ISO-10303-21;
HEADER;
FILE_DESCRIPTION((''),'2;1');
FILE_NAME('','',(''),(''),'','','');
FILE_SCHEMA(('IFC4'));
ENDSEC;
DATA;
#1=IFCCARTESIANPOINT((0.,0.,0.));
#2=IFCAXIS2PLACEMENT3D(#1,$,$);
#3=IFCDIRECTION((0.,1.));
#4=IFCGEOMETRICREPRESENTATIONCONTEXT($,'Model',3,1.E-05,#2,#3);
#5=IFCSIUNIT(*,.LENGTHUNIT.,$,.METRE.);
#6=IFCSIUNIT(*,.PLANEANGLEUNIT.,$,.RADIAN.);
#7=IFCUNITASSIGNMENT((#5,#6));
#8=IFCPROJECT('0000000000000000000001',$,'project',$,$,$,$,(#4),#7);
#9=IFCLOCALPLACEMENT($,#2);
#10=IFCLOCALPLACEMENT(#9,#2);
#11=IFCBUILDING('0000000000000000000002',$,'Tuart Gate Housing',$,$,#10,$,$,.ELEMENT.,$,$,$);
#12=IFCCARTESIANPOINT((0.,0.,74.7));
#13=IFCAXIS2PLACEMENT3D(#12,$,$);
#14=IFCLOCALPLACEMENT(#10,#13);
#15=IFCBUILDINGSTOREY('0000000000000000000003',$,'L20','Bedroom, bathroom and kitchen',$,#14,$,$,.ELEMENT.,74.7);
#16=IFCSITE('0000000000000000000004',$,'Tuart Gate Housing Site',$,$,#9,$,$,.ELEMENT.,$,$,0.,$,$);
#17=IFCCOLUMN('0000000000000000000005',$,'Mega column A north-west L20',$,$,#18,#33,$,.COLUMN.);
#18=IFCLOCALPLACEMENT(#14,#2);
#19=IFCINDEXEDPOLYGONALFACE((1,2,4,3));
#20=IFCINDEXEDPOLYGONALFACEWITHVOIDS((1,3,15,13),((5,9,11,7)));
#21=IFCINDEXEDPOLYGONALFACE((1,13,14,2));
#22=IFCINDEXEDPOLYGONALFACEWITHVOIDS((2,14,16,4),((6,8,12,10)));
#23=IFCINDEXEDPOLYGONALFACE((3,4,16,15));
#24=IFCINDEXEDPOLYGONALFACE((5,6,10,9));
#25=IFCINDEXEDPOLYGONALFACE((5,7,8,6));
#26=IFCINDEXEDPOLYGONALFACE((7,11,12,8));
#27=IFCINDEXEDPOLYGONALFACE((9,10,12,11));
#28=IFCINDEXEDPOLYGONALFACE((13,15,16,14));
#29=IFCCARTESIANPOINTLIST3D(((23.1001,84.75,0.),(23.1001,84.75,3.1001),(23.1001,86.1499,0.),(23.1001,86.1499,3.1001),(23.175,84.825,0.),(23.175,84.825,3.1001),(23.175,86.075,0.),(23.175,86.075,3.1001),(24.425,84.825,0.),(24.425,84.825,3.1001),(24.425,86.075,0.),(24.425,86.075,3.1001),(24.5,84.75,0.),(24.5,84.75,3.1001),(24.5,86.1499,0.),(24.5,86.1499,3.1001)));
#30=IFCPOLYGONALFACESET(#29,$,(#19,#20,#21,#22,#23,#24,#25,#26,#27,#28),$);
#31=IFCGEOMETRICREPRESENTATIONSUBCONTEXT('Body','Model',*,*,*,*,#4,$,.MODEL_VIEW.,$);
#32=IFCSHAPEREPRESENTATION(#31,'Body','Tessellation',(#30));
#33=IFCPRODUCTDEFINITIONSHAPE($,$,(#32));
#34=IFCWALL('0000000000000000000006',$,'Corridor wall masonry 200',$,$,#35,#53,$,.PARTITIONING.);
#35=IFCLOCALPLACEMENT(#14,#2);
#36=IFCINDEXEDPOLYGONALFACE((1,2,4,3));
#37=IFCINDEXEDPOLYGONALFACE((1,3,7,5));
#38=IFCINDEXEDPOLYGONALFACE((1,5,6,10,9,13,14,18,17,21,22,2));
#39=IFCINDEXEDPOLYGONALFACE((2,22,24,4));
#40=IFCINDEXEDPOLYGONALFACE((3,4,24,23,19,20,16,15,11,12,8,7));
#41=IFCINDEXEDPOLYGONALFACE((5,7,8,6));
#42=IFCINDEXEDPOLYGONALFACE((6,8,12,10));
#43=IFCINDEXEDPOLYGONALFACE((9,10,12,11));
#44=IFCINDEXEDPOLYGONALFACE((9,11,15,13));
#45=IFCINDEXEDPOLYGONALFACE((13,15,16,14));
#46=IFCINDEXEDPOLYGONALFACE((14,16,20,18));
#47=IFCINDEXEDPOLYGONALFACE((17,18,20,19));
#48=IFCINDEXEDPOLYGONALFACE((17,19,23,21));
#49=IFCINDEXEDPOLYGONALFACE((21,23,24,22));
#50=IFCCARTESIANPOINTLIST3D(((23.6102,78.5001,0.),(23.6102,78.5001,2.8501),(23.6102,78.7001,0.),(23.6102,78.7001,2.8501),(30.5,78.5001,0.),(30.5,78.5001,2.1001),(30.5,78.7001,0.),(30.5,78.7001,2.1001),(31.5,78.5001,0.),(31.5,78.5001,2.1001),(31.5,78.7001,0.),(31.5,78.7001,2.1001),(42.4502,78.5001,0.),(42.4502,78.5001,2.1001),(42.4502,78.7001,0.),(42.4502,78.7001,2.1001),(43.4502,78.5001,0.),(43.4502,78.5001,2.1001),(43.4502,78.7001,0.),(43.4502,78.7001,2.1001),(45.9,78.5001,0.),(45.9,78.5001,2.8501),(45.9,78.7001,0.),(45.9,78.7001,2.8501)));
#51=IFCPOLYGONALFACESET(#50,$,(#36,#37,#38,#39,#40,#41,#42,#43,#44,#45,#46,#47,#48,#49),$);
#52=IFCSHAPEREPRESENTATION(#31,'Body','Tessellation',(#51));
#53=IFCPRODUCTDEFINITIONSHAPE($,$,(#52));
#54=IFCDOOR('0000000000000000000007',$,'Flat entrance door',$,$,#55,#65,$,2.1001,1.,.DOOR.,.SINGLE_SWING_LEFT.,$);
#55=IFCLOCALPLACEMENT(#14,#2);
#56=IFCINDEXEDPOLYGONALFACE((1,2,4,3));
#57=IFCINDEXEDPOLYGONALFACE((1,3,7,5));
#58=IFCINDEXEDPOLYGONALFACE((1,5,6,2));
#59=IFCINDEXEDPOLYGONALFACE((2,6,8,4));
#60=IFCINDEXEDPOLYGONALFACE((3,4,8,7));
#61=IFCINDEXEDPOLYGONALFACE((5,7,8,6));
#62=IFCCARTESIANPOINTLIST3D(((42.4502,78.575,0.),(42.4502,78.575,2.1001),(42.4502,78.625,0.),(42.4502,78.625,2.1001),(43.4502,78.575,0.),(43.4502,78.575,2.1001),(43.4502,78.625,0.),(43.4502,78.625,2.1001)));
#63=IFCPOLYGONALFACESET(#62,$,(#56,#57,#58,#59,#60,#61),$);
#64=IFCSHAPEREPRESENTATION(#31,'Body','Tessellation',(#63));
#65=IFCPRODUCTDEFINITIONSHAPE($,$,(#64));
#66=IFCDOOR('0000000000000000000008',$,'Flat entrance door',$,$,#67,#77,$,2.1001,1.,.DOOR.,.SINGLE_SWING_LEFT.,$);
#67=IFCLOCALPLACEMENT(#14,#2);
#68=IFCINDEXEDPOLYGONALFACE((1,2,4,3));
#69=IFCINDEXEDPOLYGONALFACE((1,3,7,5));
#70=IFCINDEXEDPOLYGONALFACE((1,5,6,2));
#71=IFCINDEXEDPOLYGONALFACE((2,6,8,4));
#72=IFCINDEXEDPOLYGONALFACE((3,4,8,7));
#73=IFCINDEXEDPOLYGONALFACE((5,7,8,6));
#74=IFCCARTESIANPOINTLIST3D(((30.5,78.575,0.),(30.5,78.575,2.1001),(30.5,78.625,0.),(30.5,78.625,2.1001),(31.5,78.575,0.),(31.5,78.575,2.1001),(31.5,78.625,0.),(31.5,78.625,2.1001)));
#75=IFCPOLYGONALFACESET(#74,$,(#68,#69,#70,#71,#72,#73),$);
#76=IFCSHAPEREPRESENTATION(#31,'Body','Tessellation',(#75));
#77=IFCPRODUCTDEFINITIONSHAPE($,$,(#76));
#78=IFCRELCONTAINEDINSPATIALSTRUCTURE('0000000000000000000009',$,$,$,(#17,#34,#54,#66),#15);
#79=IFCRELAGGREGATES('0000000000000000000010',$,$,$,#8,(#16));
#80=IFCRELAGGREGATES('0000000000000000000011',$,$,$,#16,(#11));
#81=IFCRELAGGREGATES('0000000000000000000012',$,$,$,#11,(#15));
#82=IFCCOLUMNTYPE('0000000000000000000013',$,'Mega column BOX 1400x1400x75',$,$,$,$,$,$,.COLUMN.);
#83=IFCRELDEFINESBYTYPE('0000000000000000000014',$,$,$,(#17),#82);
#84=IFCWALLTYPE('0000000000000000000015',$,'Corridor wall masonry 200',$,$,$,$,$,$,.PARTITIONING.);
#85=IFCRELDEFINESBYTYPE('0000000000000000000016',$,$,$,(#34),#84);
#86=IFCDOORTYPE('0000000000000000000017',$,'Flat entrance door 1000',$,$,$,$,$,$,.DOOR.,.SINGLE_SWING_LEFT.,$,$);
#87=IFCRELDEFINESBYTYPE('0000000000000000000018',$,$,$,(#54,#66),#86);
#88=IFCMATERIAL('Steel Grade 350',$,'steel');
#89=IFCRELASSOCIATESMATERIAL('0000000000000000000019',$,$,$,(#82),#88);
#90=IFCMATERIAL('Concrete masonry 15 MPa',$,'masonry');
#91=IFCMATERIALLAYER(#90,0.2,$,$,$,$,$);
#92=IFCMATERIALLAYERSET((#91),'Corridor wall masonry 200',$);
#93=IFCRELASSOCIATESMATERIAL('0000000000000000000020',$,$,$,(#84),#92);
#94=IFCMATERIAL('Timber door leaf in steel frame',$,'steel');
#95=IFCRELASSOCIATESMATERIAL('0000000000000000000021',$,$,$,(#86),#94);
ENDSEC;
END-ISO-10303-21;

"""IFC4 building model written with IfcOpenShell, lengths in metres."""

from ifc_helpers import new_model, si_unit, direction, frame, frame_2d, origin, origin_2d, place, context, subcontext, project, spatial, rectangle, hollow_rectangle, extrude, material, layer, layer_set, material_profile, profile_set, type_object, element, fill, save


model = new_model("IFC4")

# Units and contexts
model_context = context("Model", 3, precision=1e-05, world=origin(), true_north=direction((0.0, 1.0)))
body_context = subcontext(model_context, "Body", "Model", "MODEL_VIEW")
ifc_project = project(units=[si_unit("LENGTHUNIT", "METRE"), si_unit("PLANEANGLEUNIT", "RADIAN")], contexts=[model_context])

# Site, building, storey
site_placement = place(None, origin())
site = spatial("IfcSite", under=ifc_project, at=site_placement, Name="Tuart Gate Housing Site", CompositionType="ELEMENT", RefElevation=0.0)
building_placement = place(site_placement, origin())
building = spatial("IfcBuilding", under=site, at=building_placement, Name="Tuart Gate Housing", CompositionType="ELEMENT")
storey_placement = place(building_placement, frame((0.0, 0.0, 74.7)))
storey = spatial("IfcBuildingStorey", under=building, at=storey_placement, Name="L20", Description="Bedroom, bathroom and kitchen", CompositionType="ELEMENT", Elevation=74.7)

# Column
ifc_material_1 = material(Name="Steel Grade 350", Category="steel")
ifc_material_profile = material_profile(ifc_material_1, hollow_rectangle(XDim=1.3999, YDim=1.3999, WallThickness=0.075, at=origin_2d()), Name="BOX 1400x1400x75")
ifc_profile_set = profile_set([ifc_material_profile], Name="Steel Grade 350")
column_type = type_object("IfcColumnType", Name="Mega column BOX 1400x1400x75", PredefinedType="COLUMN", material=ifc_profile_set)
column_placement = place(storey_placement, frame((23.8, 85.45, 0.0), z_axis=(0.0, 0.0, 1.0), x_axis=(1.0, 0.0, 0.0)))
element("IfcColumn", 1, at=column_placement, inside=storey, type_object=column_type, Name="Mega column A north-west L20", PredefinedType="COLUMN", context=body_context, shape_type="SweptSolid", body=[
    extrude(hollow_rectangle(XDim=1.3999, YDim=1.3999, WallThickness=0.075, at=origin_2d()), origin(), (0.0, 0.0, 1.0), 3.1001),
])

# Wall, openings, doors
ifc_material_2 = material(Name="Concrete masonry 15 MPa", Category="masonry")
ifc_layer_1 = layer(ifc_material_2, 0.2)
ifc_layer_set_1 = layer_set([ifc_layer_1], Name="Corridor wall masonry 200")
wall_type_1 = type_object("IfcWallType", Name="Corridor wall masonry 200", PredefinedType="PARTITIONING", material=ifc_layer_set_1)
wall_1_placement = place(storey_placement, frame((23.6101, 78.6001, 0.0), z_axis=(0.0, 0.0, 1.0), x_axis=(1.0, 0.0, 0.0)))
wall_1 = element("IfcWall", 2, at=wall_1_placement, inside=storey, type_object=wall_type_1, Name="Corridor wall masonry 200", PredefinedType="PARTITIONING", context=body_context, shape_type="SweptSolid", body=[
    extrude(rectangle(XDim=22.2898, YDim=0.2, at=frame_2d((11.145, 0.0))), origin(), (0.0, 0.0, 1.0), 2.8501),
])
opening_1_placement = place(wall_1_placement, frame((18.8401, 0.0, 0.0)))
opening_1 = element("IfcOpeningElement", 3, at=opening_1_placement, cuts=wall_1, PredefinedType="OPENING", context=body_context, shape_type="SweptSolid", body=[
    extrude(rectangle(XDim=1.0, YDim=2.1001, at=frame_2d((0.5, 1.05))), frame((0.0, 0.1099, 0.0), z_axis=(0.0, -1.0, 0.0), x_axis=(1.0, 0.0, 0.0)), (0.0, 0.0, 1.0), 0.22),
])
opening_2_placement = place(wall_1_placement, frame((6.8899, 0.0, 0.0)))
opening_2 = element("IfcOpeningElement", 4, at=opening_2_placement, cuts=wall_1, PredefinedType="OPENING", context=body_context, shape_type="SweptSolid", body=[
    extrude(rectangle(XDim=1.0, YDim=2.1001, at=frame_2d((0.5, 1.05))), frame((0.0, 0.1099, 0.0), z_axis=(0.0, -1.0, 0.0), x_axis=(1.0, 0.0, 0.0)), (0.0, 0.0, 1.0), 0.22),
])
ifc_material_3 = material(Name="Timber door leaf in steel frame", Category="steel")
door_type = type_object("IfcDoorType", Name="Flat entrance door 1000", OperationType="SINGLE_SWING_LEFT", PredefinedType="DOOR", material=ifc_material_3)
door_1_placement = place(opening_1_placement, origin())
door_1 = element("IfcDoor", 5, at=door_1_placement, inside=storey, type_object=door_type, Name="Flat entrance door", OperationType="SINGLE_SWING_LEFT", OverallHeight=2.1001, OverallWidth=1.0, PredefinedType="DOOR", context=body_context, shape_type="SweptSolid", body=[
    extrude(rectangle(XDim=1.0, YDim=2.1001, at=frame_2d((0.5, 1.05))), frame((0.0, 0.0249, 0.0), z_axis=(0.0, -1.0, 0.0), x_axis=(1.0, 0.0, 0.0)), (0.0, 0.0, 1.0), 0.05),
])
fill(opening_1, door_1)
door_2_placement = place(opening_2_placement, origin())
door_2 = element("IfcDoor", 6, at=door_2_placement, inside=storey, type_object=door_type, Name="Flat entrance door", OperationType="SINGLE_SWING_LEFT", OverallHeight=2.1001, OverallWidth=1.0, PredefinedType="DOOR", context=body_context, shape_type="SweptSolid", body=[
    extrude(rectangle(XDim=1.0, YDim=2.1001, at=frame_2d((0.5, 1.05))), frame((0.0, 0.0249, 0.0), z_axis=(0.0, -1.0, 0.0), x_axis=(1.0, 0.0, 0.0)), (0.0, 0.0, 1.0), 0.05),
])
fill(opening_2, door_2)

save(model, "model.ifc")
